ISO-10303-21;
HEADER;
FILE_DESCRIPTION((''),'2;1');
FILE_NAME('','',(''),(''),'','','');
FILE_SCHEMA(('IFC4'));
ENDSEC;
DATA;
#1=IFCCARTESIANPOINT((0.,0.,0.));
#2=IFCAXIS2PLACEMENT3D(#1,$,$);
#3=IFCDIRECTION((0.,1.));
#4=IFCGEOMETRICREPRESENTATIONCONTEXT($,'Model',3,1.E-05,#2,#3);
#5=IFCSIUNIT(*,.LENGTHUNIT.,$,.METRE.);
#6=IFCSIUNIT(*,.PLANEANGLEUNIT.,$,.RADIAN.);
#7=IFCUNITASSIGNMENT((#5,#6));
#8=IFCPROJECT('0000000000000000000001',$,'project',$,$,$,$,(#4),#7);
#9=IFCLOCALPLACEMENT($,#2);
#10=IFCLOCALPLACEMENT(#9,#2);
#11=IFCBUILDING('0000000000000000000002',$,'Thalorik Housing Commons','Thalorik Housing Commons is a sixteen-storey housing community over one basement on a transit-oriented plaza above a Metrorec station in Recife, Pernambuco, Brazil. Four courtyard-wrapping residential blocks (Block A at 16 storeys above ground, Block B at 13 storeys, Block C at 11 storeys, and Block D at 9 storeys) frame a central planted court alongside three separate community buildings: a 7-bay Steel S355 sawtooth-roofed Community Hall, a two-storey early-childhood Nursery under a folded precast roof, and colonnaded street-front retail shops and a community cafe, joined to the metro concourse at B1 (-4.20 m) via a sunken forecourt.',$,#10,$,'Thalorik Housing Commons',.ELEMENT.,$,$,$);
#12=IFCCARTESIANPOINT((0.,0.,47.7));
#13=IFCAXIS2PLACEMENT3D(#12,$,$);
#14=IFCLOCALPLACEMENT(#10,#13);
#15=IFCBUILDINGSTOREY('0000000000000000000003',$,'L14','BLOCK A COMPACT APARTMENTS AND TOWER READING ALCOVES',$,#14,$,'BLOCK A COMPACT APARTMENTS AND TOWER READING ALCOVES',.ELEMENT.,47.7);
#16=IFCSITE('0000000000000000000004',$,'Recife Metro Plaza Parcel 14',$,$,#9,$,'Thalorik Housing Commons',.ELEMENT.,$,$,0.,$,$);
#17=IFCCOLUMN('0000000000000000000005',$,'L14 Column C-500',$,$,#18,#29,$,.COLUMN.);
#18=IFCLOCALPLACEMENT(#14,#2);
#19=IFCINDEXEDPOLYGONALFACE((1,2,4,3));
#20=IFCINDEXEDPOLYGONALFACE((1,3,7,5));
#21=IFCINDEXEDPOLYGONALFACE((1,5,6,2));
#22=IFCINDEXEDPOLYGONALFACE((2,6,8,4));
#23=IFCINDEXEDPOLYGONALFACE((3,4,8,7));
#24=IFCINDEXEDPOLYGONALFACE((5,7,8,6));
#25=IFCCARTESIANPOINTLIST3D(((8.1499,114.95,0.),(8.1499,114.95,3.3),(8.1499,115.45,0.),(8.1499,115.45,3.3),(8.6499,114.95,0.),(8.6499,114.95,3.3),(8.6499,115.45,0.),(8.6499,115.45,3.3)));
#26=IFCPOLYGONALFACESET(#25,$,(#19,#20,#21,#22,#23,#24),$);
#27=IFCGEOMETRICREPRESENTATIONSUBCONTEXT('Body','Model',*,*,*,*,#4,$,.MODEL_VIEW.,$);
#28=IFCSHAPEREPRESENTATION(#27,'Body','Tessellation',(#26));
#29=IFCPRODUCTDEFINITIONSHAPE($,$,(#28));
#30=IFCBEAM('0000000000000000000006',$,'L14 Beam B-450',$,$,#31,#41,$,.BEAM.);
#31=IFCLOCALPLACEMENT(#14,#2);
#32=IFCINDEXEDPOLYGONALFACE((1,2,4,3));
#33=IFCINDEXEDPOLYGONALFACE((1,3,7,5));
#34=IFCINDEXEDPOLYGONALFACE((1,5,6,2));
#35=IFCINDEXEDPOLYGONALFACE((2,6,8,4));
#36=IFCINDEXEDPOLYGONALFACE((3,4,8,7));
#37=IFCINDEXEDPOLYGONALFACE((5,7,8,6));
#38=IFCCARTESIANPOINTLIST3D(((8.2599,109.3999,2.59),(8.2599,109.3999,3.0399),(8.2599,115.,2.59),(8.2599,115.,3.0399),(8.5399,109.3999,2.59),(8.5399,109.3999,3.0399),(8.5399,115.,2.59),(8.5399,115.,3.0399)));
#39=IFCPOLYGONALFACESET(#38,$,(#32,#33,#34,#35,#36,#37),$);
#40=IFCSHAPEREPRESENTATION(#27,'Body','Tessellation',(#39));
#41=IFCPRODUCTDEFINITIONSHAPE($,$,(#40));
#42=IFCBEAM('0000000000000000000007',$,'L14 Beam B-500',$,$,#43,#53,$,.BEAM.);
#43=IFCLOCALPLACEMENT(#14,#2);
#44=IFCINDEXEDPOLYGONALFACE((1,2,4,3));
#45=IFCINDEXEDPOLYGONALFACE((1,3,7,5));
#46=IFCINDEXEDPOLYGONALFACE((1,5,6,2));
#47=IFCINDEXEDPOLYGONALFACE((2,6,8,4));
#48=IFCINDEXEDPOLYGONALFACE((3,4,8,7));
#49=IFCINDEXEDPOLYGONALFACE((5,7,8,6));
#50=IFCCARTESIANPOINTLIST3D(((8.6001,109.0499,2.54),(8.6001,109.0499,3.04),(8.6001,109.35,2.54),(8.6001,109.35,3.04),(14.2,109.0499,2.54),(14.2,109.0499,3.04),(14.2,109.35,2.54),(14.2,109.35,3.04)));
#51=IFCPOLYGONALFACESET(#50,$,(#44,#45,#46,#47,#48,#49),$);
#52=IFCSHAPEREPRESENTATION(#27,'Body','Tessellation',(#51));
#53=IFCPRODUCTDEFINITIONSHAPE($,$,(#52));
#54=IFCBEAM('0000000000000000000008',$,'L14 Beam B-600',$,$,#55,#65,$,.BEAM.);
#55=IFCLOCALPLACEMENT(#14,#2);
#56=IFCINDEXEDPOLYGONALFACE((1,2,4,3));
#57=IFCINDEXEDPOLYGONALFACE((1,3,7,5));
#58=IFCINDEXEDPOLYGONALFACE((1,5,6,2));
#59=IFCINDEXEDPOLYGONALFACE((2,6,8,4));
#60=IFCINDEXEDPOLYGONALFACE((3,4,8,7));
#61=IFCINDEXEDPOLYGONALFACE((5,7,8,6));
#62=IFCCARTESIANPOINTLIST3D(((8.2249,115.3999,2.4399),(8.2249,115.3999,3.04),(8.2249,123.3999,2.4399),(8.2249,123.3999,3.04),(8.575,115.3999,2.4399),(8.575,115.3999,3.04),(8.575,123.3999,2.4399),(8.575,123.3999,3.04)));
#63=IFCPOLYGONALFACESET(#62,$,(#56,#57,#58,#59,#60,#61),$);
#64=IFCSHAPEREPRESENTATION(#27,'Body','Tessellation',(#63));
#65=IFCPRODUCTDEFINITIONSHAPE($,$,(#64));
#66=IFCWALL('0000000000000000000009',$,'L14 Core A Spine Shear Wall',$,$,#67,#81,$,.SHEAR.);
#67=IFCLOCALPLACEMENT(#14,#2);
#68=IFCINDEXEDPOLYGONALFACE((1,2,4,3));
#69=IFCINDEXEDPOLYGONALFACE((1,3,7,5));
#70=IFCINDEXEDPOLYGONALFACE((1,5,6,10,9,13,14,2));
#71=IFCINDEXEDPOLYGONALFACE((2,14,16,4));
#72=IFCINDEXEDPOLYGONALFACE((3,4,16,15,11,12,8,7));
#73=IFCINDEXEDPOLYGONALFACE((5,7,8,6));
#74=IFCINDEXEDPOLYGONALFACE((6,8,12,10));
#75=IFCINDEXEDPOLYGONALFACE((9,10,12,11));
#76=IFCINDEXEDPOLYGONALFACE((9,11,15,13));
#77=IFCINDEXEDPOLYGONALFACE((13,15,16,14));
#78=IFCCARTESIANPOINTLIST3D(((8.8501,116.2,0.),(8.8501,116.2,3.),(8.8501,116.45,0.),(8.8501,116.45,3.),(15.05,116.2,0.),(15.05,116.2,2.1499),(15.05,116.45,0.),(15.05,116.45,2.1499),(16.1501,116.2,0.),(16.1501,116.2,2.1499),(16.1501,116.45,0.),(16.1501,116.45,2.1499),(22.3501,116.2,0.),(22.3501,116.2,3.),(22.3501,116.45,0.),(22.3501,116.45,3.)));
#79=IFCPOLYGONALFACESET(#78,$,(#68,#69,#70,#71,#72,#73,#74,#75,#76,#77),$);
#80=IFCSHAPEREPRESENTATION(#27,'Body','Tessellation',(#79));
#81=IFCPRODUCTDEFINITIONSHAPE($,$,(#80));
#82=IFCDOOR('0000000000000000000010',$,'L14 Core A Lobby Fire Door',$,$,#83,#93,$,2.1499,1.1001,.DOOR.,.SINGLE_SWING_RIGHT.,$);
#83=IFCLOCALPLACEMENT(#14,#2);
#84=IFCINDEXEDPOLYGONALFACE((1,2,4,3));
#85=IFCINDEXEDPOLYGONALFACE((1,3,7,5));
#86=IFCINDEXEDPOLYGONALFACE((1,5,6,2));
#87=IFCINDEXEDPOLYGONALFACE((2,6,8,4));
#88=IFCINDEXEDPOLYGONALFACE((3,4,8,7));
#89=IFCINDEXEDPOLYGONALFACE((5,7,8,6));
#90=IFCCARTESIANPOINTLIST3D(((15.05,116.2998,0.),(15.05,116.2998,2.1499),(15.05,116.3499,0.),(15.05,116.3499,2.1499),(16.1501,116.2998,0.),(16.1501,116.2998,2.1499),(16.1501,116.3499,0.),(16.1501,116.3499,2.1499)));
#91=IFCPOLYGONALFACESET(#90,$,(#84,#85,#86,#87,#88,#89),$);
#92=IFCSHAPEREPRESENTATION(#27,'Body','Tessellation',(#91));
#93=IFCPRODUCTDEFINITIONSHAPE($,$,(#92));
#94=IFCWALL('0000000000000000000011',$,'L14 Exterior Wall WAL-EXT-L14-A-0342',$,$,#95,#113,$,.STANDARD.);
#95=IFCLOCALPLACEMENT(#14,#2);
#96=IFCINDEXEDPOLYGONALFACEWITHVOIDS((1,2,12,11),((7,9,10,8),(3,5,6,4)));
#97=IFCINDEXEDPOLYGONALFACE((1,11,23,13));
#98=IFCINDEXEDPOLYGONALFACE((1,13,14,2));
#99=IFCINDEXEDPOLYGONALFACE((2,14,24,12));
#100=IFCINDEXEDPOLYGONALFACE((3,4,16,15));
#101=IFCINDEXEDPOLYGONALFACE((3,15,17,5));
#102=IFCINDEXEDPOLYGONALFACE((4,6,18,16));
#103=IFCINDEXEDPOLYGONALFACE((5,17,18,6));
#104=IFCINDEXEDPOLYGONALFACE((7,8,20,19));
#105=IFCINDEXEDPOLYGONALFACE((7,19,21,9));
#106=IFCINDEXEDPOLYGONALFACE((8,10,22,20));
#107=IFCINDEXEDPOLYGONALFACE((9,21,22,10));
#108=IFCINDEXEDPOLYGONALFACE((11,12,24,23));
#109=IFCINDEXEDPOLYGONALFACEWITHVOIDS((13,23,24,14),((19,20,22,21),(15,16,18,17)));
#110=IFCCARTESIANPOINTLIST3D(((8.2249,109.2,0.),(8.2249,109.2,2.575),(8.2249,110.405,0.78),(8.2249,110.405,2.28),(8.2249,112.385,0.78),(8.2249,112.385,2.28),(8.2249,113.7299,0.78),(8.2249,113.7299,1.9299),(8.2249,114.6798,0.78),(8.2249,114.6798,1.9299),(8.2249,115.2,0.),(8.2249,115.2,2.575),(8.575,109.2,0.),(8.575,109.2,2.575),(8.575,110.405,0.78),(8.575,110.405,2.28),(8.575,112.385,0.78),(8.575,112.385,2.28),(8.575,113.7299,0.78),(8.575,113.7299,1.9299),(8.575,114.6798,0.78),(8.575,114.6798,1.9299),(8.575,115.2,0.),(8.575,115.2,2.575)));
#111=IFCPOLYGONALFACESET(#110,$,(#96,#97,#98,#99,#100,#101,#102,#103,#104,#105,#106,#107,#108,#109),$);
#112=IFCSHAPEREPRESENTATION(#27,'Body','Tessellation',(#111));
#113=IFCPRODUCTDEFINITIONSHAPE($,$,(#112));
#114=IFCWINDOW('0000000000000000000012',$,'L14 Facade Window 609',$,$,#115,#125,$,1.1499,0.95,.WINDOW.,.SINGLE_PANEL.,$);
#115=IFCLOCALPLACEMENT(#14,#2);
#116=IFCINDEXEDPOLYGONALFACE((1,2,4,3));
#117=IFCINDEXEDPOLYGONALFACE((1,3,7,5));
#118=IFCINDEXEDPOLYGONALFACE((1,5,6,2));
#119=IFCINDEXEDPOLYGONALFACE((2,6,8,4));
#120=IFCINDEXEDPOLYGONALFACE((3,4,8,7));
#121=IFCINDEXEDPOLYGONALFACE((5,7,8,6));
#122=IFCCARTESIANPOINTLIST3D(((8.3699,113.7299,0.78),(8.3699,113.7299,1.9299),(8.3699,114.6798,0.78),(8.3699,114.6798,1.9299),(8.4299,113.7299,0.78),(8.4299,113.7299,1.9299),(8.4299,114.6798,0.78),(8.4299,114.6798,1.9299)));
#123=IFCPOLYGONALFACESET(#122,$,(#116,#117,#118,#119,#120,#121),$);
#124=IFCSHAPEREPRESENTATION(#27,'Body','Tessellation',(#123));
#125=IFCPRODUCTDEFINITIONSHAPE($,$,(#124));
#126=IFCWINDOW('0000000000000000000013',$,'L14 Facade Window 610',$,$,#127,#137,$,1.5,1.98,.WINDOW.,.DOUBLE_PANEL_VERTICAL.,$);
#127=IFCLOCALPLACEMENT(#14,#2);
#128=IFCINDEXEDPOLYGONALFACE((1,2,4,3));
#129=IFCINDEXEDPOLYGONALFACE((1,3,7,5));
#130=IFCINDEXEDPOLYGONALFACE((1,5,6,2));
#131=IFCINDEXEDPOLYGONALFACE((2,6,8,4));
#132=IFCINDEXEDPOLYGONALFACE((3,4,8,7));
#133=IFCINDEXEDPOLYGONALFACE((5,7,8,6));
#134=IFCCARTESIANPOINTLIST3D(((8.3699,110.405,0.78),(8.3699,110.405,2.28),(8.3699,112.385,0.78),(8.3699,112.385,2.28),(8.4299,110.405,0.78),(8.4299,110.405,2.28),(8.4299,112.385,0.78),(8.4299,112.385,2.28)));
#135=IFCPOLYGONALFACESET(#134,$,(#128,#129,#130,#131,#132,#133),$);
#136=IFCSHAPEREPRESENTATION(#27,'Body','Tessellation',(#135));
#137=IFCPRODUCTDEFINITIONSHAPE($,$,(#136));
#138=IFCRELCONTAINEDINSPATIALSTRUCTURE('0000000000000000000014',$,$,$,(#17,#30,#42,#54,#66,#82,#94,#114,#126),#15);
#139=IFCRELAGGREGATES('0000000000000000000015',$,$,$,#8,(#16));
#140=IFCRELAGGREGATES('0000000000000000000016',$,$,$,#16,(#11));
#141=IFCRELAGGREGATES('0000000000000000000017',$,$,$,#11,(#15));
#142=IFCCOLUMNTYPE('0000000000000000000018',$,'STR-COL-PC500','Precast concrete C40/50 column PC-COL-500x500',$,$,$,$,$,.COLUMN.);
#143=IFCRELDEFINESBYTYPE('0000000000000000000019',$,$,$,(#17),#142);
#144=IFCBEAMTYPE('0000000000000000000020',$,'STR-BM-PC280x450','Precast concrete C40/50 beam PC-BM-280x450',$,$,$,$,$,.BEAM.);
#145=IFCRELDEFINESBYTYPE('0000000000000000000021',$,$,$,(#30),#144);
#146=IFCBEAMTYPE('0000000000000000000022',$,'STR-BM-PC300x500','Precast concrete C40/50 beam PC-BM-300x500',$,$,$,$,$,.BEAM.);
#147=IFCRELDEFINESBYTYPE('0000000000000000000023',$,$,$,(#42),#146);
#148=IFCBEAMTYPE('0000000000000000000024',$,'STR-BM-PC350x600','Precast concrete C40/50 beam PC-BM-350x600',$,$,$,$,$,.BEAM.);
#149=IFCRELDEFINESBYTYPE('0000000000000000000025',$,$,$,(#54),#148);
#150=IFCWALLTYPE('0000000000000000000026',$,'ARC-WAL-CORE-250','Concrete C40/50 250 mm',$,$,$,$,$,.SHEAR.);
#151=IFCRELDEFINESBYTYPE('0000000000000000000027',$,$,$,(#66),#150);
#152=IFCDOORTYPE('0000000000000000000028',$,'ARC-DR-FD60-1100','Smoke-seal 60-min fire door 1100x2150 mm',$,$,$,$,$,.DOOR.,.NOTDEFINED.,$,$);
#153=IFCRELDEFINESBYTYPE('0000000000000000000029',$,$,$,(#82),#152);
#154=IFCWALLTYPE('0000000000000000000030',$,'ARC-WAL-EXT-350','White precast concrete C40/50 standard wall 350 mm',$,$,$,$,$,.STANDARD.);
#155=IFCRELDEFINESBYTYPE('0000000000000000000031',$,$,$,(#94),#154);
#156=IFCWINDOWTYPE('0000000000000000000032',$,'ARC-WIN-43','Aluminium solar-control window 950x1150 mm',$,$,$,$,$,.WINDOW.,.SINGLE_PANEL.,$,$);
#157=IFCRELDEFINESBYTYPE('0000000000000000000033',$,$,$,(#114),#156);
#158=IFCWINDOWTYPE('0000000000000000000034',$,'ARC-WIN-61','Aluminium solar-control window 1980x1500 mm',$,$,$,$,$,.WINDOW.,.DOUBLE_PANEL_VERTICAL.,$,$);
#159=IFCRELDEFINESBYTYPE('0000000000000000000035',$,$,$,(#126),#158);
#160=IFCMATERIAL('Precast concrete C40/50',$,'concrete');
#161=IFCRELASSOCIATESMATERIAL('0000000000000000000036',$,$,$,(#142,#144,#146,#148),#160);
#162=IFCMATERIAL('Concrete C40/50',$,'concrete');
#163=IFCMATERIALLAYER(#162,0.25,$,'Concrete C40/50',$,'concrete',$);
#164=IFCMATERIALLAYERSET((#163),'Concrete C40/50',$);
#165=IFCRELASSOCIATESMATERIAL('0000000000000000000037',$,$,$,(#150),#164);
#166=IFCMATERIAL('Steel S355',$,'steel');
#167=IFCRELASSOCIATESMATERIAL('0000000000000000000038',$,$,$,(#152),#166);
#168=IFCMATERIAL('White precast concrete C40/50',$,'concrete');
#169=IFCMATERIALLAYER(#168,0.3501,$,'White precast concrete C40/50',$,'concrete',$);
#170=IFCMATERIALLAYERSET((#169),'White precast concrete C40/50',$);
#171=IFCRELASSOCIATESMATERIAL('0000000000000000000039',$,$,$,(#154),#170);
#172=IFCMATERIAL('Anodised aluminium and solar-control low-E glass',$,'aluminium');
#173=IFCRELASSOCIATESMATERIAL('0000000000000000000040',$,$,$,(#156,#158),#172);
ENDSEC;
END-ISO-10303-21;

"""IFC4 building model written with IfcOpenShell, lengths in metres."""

from ifc_helpers import new_model, si_unit, direction, frame, frame_2d, origin, origin_2d, place, context, subcontext, project, spatial, rectangle, extrude, material, layer, layer_set, material_profile, profile_set, type_object, element, fill, save


model = new_model("IFC4")

# Units and contexts
model_context = context("Model", 3, precision=1e-05, world=origin(), true_north=direction((0.0, 1.0)))
body_context = subcontext(model_context, "Body", "Model", "MODEL_VIEW")
ifc_project = project(units=[si_unit("LENGTHUNIT", "METRE"), si_unit("PLANEANGLEUNIT", "RADIAN")], contexts=[model_context])

# Site, building, storey
site_placement = place(None, origin())
site = spatial("IfcSite", under=ifc_project, at=site_placement, Name="Recife Metro Plaza Parcel 14", LongName="Thalorik Housing Commons", CompositionType="ELEMENT", RefElevation=0.0)
building_placement = place(site_placement, origin())
building = spatial("IfcBuilding", under=site, at=building_placement, Name="Thalorik Housing Commons", Description="Thalorik Housing Commons is a sixteen-storey housing community over one basement on a transit-oriented plaza above a Metrorec station in Recife, Pernambuco, Brazil. Four courtyard-wrapping residential blocks (Block A at 16 storeys above ground, Block B at 13 storeys, Block C at 11 storeys, and Block D at 9 storeys) frame a central planted court alongside three separate community buildings: a 7-bay Steel S355 sawtooth-roofed Community Hall, a two-storey early-childhood Nursery under a folded precast roof, and colonnaded street-front retail shops and a community cafe, joined to the metro concourse at B1 (-4.20 m) via a sunken forecourt.", LongName="Thalorik Housing Commons", CompositionType="ELEMENT")
storey_placement = place(building_placement, frame((0.0, 0.0, 47.7)))
storey = spatial("IfcBuildingStorey", under=building, at=storey_placement, Name="L14", Description="BLOCK A COMPACT APARTMENTS AND TOWER READING ALCOVES", LongName="BLOCK A COMPACT APARTMENTS AND TOWER READING ALCOVES", CompositionType="ELEMENT", Elevation=47.7)

# Column
ifc_material_1 = material(Name="Precast concrete C40/50", Category="concrete")
ifc_material_profile_1 = material_profile(ifc_material_1, rectangle(XDim=0.5, YDim=0.5, at=origin_2d()), Name="PC 500x500", Category="concrete")
ifc_profile_set_1 = profile_set([ifc_material_profile_1], Name="Precast concrete C40/50")
column_type = type_object("IfcColumnType", Name="STR-COL-PC500", Description="Precast concrete C40/50 column PC-COL-500x500", PredefinedType="COLUMN", material=ifc_profile_set_1)
column_placement = place(storey_placement, frame((8.3999, 115.2, 0.0), z_axis=(0.0, 0.0, 1.0), x_axis=(1.0, 0.0, 0.0)))
element("IfcColumn", 1, at=column_placement, inside=storey, type_object=column_type, Name="L14 Column C-500", PredefinedType="COLUMN", context=body_context, shape_type="SweptSolid", body=[
    extrude(rectangle(XDim=0.5, YDim=0.5, at=origin_2d()), origin(), (0.0, 0.0, 1.0), 3.3),
])

# Beams
ifc_material_profile_2 = material_profile(ifc_material_1, rectangle(XDim=0.28, YDim=0.45, at=origin_2d()), Name="PC 280x450", Category="concrete")
ifc_profile_set_2 = profile_set([ifc_material_profile_2], Name="Precast concrete C40/50")
beam_type_1 = type_object("IfcBeamType", Name="STR-BM-PC280x450", Description="Precast concrete C40/50 beam PC-BM-280x450", PredefinedType="BEAM", material=ifc_profile_set_2)
beam_1_placement = place(storey_placement, frame((8.3999, 109.3999, 2.8149), z_axis=(0.0, 1.0, 0.0), x_axis=(-1.0, 0.0, 0.0)))
element("IfcBeam", 2, at=beam_1_placement, inside=storey, type_object=beam_type_1, Name="L14 Beam B-450", PredefinedType="BEAM", context=body_context, shape_type="SweptSolid", body=[
    extrude(rectangle(XDim=0.28, YDim=0.45, at=origin_2d()), origin(), (0.0, 0.0, 1.0), 5.6001),
])
ifc_material_profile_3 = material_profile(ifc_material_1, rectangle(XDim=0.3, YDim=0.5, at=origin_2d()), Name="PC 300x500", Category="concrete")
ifc_profile_set_3 = profile_set([ifc_material_profile_3], Name="Precast concrete C40/50")
beam_type_2 = type_object("IfcBeamType", Name="STR-BM-PC300x500", Description="Precast concrete C40/50 beam PC-BM-300x500", PredefinedType="BEAM", material=ifc_profile_set_3)
beam_2_placement = place(storey_placement, frame((8.6001, 109.2, 2.79), z_axis=(1.0, 0.0, 0.0), x_axis=(0.0, 1.0, 0.0)))
element("IfcBeam", 3, at=beam_2_placement, inside=storey, type_object=beam_type_2, Name="L14 Beam B-500", PredefinedType="BEAM", context=body_context, shape_type="SweptSolid", body=[
    extrude(rectangle(XDim=0.3, YDim=0.5, at=origin_2d()), origin(), (0.0, 0.0, 1.0), 5.5999),
])
ifc_material_profile_4 = material_profile(ifc_material_1, rectangle(XDim=0.3501, YDim=0.6001, at=origin_2d()), Name="PC 350x600", Category="concrete")
ifc_profile_set_4 = profile_set([ifc_material_profile_4], Name="Precast concrete C40/50")
beam_type_3 = type_object("IfcBeamType", Name="STR-BM-PC350x600", Description="Precast concrete C40/50 beam PC-BM-350x600", PredefinedType="BEAM", material=ifc_profile_set_4)
beam_3_placement = place(storey_placement, frame((8.3999, 115.3999, 2.74), z_axis=(0.0, 1.0, 0.0), x_axis=(-1.0, 0.0, 0.0)))
element("IfcBeam", 4, at=beam_3_placement, inside=storey, type_object=beam_type_3, Name="L14 Beam B-600", PredefinedType="BEAM", context=body_context, shape_type="SweptSolid", body=[
    extrude(rectangle(XDim=0.3501, YDim=0.6001, at=origin_2d()), origin(), (0.0, 0.0, 1.0), 8.0),
])

# Wall, opening, door
ifc_material_2 = material(Name="Concrete C40/50", Category="concrete")
ifc_layer_1 = layer(ifc_material_2, 0.25, Name="Concrete C40/50", Category="concrete")
ifc_layer_set_1 = layer_set([ifc_layer_1], Name="Concrete C40/50")
wall_type_1 = type_object("IfcWallType", Name="ARC-WAL-CORE-250", Description="Concrete C40/50 250 mm", PredefinedType="SHEAR", material=ifc_layer_set_1)
wall_1_placement = place(storey_placement, frame((8.8501, 116.325, 0.0), z_axis=(0.0, 0.0, 1.0), x_axis=(1.0, 0.0, 0.0)))
wall_1 = element("IfcWall", 5, at=wall_1_placement, inside=storey, type_object=wall_type_1, Name="L14 Core A Spine Shear Wall", PredefinedType="SHEAR", context=body_context, shape_type="SweptSolid", body=[
    extrude(rectangle(XDim=13.5, YDim=0.25, at=frame_2d((6.75, 0.0))), origin(), (0.0, 0.0, 1.0), 3.0),
])
opening_1_placement = place(wall_1_placement, frame((6.2, 0.0, 0.0)))
opening_1 = element("IfcOpeningElement", 6, at=opening_1_placement, cuts=wall_1, PredefinedType="OPENING", context=body_context, shape_type="SweptSolid", body=[
    extrude(rectangle(XDim=1.1001, YDim=2.1499, at=frame_2d((0.55, 1.075))), frame((0.0, 0.135, 0.0), z_axis=(0.0, -1.0, 0.0), x_axis=(1.0, 0.0, 0.0)), (0.0, 0.0, 1.0), 0.27),
])
ifc_material_3 = material(Name="Steel S355", Category="steel")
door_type_1 = type_object("IfcDoorType", Name="ARC-DR-FD60-1100", Description="Smoke-seal 60-min fire door 1100x2150 mm", OperationType="NOTDEFINED", PredefinedType="DOOR", material=ifc_material_3)
door_1_placement = place(opening_1_placement, origin())
door_1 = element("IfcDoor", 7, at=door_1_placement, inside=storey, type_object=door_type_1, Name="L14 Core A Lobby Fire Door", OperationType="SINGLE_SWING_RIGHT", OverallHeight=2.1499, OverallWidth=1.1001, PredefinedType="DOOR", context=body_context, shape_type="SweptSolid", body=[
    extrude(rectangle(XDim=1.1001, YDim=2.1499, at=frame_2d((0.55, 1.075))), frame((0.0, 0.0249, 0.0), z_axis=(0.0, -1.0, 0.0), x_axis=(1.0, 0.0, 0.0)), (0.0, 0.0, 1.0), 0.05),
])
fill(opening_1, door_1)

# Wall, openings, windows
ifc_material_4 = material(Name="White precast concrete C40/50", Category="concrete")
ifc_layer_2 = layer(ifc_material_4, 0.3501, Name="White precast concrete C40/50", Category="concrete")
ifc_layer_set_2 = layer_set([ifc_layer_2], Name="White precast concrete C40/50")
wall_type_2 = type_object("IfcWallType", Name="ARC-WAL-EXT-350", Description="White precast concrete C40/50 standard wall 350 mm", PredefinedType="STANDARD", material=ifc_layer_set_2)
wall_2_placement = place(storey_placement, frame((8.3999, 115.2, 0.0), z_axis=(0.0, 0.0, 1.0), x_axis=(0.0, -1.0, 0.0)))
wall_2 = element("IfcWall", 8, at=wall_2_placement, inside=storey, type_object=wall_type_2, Name="L14 Exterior Wall WAL-EXT-L14-A-0342", PredefinedType="STANDARD", context=body_context, shape_type="SweptSolid", body=[
    extrude(rectangle(XDim=6.0, YDim=0.3501, at=frame_2d((3.0, 0.0))), origin(), (0.0, 0.0, 1.0), 2.575),
])
opening_2_placement = place(wall_2_placement, frame((0.52, 0.0, 0.78)))
opening_2 = element("IfcOpeningElement", 9, at=opening_2_placement, cuts=wall_2, PredefinedType="OPENING", context=body_context, shape_type="SweptSolid", body=[
    extrude(rectangle(XDim=0.95, YDim=1.1499, at=frame_2d((0.4751, 0.575))), frame((0.0, 0.1851, 0.0), z_axis=(0.0, -1.0, 0.0), x_axis=(1.0, 0.0, 0.0)), (0.0, 0.0, 1.0), 0.3701),
])
opening_3_placement = place(wall_2_placement, frame((2.8149, 0.0, 0.78)))
opening_3 = element("IfcOpeningElement", 10, at=opening_3_placement, cuts=wall_2, PredefinedType="OPENING", context=body_context, shape_type="SweptSolid", body=[
    extrude(rectangle(XDim=1.98, YDim=1.5, at=frame_2d((0.99, 0.75))), frame((0.0, 0.1851, 0.0), z_axis=(0.0, -1.0, 0.0), x_axis=(1.0, 0.0, 0.0)), (0.0, 0.0, 1.0), 0.3701),
])
ifc_material_5 = material(Name="Anodised aluminium and solar-control low-E glass", Category="aluminium")
window_type_1 = type_object("IfcWindowType", Name="ARC-WIN-43", Description="Aluminium solar-control window 950x1150 mm", PartitioningType="SINGLE_PANEL", PredefinedType="WINDOW", material=ifc_material_5)
window_1_placement = place(opening_2_placement, origin())
window_1 = element("IfcWindow", 11, at=window_1_placement, inside=storey, type_object=window_type_1, Name="L14 Facade Window 609", OverallHeight=1.1499, OverallWidth=0.95, PartitioningType="SINGLE_PANEL", PredefinedType="WINDOW", context=body_context, shape_type="SweptSolid", body=[
    extrude(rectangle(XDim=0.95, YDim=1.1499, at=frame_2d((0.4751, 0.575))), frame((0.0, 0.03, 0.0), z_axis=(0.0, -1.0, 0.0), x_axis=(1.0, 0.0, 0.0)), (0.0, 0.0, 1.0), 0.0601),
])
fill(opening_2, window_1)
window_type_2 = type_object("IfcWindowType", Name="ARC-WIN-61", Description="Aluminium solar-control window 1980x1500 mm", PartitioningType="DOUBLE_PANEL_VERTICAL", PredefinedType="WINDOW", material=ifc_material_5)
window_2_placement = place(opening_3_placement, origin())
window_2 = element("IfcWindow", 12, at=window_2_placement, inside=storey, type_object=window_type_2, Name="L14 Facade Window 610", OverallHeight=1.5, OverallWidth=1.98, PartitioningType="DOUBLE_PANEL_VERTICAL", PredefinedType="WINDOW", context=body_context, shape_type="SweptSolid", body=[
    extrude(rectangle(XDim=1.98, YDim=1.5, at=frame_2d((0.99, 0.75))), frame((0.0, 0.03, 0.0), z_axis=(0.0, -1.0, 0.0), x_axis=(1.0, 0.0, 0.0)), (0.0, 0.0, 1.0), 0.0601),
])
fill(opening_3, window_2)

save(model, "model.ifc")
